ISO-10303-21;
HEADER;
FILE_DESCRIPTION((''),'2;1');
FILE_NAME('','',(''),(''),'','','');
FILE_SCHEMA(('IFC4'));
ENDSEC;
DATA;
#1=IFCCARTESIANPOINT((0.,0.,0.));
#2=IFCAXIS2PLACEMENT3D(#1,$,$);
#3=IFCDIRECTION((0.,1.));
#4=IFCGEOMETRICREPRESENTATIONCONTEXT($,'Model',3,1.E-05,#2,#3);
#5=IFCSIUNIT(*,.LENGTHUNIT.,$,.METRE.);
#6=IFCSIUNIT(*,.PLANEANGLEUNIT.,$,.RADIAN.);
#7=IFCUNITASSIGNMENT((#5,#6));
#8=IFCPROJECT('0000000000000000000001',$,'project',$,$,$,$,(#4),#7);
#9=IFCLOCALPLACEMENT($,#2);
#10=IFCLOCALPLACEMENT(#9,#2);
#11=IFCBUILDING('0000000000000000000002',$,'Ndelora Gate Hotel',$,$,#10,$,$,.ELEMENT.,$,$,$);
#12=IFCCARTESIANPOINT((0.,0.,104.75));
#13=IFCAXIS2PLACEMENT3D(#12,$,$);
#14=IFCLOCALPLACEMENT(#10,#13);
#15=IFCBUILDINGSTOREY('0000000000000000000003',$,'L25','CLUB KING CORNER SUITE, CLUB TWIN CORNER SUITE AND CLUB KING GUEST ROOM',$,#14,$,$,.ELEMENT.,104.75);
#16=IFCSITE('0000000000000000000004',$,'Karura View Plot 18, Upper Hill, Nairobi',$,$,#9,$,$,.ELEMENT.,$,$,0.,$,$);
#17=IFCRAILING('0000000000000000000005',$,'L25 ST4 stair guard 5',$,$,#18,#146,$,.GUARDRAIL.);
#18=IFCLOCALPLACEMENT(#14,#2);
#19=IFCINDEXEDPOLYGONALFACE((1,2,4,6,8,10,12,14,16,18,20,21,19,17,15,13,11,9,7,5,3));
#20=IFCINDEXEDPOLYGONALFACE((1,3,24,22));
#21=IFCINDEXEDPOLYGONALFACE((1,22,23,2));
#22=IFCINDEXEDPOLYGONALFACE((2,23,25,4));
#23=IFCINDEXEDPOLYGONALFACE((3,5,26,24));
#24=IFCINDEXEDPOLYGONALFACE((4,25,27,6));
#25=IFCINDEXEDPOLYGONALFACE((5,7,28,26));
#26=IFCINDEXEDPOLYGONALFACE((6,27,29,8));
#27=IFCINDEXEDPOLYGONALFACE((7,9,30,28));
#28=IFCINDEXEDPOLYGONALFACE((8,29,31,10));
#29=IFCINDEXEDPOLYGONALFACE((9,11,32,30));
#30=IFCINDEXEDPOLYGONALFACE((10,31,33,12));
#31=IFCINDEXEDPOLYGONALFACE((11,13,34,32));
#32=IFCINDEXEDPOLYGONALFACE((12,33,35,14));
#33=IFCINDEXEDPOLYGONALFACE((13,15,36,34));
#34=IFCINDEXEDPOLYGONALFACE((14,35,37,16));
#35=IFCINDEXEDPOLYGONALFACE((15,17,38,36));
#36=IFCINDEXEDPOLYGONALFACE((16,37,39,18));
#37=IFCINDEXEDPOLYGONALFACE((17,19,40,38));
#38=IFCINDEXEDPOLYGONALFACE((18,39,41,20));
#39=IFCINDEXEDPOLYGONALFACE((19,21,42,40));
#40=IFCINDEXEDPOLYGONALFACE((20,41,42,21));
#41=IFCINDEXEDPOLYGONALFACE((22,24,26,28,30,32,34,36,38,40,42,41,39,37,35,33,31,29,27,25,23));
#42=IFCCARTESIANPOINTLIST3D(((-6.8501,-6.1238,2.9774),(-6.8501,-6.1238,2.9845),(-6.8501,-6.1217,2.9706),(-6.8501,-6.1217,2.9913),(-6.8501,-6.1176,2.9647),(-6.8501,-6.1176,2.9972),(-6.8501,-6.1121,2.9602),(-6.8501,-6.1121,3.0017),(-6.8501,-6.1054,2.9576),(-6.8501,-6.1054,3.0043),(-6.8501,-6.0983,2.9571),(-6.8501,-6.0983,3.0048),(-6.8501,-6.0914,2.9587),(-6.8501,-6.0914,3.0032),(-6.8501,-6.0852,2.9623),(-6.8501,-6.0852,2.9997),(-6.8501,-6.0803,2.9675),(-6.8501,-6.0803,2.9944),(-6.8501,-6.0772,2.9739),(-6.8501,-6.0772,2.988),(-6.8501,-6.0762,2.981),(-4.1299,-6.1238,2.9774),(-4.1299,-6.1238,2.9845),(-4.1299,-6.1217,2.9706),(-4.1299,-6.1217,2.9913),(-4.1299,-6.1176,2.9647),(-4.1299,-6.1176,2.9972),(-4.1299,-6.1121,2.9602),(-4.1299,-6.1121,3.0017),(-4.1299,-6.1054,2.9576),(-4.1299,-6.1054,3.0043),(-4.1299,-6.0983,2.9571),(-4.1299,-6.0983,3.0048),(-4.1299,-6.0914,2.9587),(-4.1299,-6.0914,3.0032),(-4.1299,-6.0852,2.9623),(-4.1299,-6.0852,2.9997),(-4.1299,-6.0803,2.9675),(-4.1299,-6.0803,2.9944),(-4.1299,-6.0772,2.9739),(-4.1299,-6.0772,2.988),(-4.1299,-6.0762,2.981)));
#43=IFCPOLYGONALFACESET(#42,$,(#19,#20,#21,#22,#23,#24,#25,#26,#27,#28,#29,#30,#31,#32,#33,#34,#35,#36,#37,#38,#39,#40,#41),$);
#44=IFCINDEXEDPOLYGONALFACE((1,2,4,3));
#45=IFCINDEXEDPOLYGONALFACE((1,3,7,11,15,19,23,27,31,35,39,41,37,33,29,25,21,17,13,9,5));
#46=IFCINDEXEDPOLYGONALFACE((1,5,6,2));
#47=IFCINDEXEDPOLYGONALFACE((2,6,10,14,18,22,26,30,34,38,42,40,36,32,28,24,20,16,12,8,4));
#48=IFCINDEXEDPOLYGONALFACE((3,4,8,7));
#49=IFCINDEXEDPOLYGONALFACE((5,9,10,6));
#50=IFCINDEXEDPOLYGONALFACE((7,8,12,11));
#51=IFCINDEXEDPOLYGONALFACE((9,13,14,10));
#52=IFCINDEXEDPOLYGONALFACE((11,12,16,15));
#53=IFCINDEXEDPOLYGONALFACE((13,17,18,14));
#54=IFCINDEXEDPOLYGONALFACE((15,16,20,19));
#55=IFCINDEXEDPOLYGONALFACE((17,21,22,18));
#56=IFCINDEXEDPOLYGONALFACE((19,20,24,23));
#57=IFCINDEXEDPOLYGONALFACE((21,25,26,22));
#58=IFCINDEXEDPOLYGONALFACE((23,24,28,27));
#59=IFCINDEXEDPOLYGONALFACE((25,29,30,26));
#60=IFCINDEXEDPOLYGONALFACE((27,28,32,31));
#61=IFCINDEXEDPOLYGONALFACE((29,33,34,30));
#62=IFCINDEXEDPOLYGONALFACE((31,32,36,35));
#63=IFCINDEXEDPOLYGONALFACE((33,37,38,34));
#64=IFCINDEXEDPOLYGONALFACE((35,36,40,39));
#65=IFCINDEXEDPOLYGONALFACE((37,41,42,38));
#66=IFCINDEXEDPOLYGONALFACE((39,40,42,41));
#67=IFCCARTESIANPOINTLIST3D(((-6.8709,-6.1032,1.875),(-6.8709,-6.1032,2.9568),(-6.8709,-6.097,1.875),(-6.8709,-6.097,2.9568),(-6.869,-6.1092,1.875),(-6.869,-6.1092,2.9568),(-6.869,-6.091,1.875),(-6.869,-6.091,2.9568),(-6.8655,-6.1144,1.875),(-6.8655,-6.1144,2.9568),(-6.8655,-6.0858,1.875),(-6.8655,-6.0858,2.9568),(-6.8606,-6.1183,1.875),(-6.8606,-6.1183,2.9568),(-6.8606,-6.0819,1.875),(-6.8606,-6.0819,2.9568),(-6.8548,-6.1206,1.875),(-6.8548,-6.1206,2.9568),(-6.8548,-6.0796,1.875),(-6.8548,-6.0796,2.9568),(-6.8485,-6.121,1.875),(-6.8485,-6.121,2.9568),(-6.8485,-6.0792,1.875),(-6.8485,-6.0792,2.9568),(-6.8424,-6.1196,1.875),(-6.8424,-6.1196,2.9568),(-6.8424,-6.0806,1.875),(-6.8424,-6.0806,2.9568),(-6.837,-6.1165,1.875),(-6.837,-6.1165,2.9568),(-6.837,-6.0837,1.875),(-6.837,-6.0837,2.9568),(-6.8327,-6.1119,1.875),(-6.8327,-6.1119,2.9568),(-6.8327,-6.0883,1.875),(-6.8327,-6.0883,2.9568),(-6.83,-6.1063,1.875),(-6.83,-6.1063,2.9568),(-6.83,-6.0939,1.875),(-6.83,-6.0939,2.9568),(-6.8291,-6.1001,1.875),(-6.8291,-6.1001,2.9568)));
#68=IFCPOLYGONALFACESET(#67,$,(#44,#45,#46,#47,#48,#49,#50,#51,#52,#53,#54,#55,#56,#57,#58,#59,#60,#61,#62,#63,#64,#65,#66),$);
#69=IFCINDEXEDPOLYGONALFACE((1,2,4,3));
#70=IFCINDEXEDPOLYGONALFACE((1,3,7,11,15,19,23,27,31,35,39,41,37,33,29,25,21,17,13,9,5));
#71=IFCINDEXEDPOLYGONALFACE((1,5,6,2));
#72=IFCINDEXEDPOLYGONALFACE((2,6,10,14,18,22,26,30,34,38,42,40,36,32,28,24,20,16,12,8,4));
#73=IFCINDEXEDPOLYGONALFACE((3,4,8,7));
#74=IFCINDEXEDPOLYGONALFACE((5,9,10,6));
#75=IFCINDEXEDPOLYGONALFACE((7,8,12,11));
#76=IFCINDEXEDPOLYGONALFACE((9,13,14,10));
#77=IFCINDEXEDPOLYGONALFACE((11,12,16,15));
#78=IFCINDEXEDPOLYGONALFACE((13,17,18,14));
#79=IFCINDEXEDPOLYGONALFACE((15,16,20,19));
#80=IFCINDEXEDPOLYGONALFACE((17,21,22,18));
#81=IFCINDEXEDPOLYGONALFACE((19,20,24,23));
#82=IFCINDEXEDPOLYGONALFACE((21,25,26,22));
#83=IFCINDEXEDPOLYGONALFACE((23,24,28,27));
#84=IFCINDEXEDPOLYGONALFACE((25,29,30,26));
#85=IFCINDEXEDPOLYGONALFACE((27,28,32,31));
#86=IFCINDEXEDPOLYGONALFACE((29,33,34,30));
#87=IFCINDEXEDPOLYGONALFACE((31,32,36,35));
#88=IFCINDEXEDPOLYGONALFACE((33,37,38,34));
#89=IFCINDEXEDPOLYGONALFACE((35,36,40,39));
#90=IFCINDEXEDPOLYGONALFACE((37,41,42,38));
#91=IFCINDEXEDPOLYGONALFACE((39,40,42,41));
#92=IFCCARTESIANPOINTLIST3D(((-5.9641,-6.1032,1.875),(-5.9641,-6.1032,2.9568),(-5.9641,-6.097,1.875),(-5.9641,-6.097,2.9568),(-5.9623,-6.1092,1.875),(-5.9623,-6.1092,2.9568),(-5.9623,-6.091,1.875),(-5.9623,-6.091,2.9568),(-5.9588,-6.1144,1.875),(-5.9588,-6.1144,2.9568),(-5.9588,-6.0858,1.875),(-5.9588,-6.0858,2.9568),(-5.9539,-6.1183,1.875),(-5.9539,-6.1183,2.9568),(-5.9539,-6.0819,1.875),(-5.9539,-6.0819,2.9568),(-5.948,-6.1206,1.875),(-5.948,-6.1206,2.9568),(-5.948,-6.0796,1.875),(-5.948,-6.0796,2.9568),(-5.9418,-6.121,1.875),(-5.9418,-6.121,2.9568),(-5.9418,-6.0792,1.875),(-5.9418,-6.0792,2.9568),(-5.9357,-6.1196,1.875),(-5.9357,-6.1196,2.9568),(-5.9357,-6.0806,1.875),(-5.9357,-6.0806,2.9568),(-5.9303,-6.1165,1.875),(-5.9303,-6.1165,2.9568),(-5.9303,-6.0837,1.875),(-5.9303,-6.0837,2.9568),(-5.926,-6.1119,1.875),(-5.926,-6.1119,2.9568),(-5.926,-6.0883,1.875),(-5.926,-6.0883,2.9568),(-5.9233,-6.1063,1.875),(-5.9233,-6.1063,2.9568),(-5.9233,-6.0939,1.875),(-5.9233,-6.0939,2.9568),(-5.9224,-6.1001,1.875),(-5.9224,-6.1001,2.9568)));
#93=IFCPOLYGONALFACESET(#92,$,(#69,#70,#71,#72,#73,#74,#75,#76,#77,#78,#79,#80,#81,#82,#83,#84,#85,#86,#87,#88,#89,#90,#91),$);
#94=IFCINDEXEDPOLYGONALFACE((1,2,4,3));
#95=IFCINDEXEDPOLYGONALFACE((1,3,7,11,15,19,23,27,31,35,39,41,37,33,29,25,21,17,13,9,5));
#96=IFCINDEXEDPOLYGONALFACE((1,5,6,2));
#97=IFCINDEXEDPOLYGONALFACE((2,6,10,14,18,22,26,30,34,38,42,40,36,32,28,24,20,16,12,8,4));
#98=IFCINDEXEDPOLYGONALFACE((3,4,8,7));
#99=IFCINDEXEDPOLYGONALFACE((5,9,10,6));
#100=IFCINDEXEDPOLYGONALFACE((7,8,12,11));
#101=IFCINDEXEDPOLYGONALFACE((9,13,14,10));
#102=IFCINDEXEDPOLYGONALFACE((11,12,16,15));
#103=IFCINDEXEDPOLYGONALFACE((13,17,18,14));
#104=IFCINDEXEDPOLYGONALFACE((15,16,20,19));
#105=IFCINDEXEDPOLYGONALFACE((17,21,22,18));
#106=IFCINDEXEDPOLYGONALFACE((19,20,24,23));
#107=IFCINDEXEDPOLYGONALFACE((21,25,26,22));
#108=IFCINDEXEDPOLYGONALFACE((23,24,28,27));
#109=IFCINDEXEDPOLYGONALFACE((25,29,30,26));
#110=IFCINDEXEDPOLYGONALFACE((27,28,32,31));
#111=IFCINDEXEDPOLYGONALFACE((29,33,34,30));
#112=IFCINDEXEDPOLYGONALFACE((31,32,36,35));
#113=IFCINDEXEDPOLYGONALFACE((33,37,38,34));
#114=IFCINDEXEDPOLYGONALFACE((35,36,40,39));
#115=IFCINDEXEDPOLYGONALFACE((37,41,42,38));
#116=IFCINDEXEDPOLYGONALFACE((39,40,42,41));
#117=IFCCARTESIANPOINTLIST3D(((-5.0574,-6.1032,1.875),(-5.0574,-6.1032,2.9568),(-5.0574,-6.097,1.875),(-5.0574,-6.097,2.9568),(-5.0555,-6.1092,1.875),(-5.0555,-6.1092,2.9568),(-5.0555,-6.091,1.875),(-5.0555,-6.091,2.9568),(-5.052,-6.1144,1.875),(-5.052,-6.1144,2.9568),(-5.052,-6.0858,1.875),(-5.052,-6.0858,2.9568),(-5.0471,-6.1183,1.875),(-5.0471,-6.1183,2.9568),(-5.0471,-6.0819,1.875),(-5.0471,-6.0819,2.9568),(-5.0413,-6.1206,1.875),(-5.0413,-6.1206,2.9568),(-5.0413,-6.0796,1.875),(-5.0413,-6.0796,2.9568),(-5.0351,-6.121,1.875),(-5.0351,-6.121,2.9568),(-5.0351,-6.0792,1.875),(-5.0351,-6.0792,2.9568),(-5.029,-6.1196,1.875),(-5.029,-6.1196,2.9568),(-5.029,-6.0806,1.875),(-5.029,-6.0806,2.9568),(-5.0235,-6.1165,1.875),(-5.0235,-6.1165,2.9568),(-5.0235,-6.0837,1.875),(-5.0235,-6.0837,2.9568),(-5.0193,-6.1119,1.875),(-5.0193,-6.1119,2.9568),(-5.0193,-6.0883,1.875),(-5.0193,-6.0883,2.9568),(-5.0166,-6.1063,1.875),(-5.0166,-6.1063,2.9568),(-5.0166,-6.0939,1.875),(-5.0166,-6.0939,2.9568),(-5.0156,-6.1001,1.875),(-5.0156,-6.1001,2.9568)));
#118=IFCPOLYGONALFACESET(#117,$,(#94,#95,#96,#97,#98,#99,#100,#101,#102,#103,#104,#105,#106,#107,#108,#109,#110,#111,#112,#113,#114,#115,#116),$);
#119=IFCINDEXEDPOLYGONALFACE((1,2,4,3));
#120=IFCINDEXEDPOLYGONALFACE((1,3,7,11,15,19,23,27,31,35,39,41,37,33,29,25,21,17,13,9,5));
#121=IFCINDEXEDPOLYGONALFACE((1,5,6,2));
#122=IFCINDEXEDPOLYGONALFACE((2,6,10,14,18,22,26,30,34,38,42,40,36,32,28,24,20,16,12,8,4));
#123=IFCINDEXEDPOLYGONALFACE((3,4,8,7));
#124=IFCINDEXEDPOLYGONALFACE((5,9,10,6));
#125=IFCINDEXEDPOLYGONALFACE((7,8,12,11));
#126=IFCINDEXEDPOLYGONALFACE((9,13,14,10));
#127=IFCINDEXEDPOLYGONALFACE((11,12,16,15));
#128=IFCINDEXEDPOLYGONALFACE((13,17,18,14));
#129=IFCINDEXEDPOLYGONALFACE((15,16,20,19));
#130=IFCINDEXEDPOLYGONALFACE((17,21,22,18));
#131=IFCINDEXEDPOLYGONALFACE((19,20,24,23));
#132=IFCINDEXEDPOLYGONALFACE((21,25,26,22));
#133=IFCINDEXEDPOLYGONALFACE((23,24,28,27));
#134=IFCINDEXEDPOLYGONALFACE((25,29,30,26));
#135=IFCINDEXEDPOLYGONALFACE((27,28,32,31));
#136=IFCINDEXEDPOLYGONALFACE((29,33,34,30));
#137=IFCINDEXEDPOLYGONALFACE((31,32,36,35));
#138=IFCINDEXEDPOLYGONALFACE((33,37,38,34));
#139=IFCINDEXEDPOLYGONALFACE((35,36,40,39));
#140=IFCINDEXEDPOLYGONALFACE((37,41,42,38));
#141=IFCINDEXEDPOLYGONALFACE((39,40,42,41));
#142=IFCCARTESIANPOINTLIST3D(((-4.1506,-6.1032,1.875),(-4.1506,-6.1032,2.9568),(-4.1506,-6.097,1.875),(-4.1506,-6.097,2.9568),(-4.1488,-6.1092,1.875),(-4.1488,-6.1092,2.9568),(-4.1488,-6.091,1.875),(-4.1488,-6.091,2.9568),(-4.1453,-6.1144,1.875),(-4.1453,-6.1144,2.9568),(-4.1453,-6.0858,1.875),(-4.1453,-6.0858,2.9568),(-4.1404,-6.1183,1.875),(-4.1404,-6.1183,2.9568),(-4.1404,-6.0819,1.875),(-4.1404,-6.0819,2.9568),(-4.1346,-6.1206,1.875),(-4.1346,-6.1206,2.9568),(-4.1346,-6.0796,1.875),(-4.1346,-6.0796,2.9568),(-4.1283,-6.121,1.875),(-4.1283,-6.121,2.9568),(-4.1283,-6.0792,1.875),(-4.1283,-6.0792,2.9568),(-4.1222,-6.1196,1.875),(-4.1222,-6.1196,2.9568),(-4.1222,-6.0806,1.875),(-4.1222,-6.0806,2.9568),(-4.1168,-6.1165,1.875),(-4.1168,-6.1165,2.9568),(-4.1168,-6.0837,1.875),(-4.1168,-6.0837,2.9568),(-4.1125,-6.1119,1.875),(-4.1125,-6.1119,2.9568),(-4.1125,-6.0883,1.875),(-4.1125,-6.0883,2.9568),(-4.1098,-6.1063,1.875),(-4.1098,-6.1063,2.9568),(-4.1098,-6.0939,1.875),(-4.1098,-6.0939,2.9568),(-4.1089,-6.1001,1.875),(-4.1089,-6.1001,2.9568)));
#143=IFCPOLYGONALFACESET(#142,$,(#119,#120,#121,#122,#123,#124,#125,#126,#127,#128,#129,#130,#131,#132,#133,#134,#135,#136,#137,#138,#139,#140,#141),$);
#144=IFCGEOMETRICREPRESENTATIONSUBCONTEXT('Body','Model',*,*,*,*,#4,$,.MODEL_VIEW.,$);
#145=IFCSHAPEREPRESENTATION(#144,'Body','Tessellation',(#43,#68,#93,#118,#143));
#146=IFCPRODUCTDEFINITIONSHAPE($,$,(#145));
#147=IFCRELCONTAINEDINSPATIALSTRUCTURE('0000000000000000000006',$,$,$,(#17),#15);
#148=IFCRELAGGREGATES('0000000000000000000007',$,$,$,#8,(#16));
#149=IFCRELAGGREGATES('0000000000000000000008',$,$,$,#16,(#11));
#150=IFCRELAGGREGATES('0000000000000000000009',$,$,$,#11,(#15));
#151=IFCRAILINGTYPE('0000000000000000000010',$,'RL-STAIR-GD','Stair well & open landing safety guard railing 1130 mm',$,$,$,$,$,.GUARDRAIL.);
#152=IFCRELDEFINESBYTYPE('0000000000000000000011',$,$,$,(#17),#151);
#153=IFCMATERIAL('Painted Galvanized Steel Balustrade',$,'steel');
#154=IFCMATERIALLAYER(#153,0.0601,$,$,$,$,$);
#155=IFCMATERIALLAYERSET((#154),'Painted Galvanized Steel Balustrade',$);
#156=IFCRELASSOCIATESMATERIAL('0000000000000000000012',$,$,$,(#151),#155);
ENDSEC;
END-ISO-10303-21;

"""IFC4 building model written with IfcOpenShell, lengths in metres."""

from ifc_helpers import new_model, si_unit, direction, frame, origin, origin_2d, place, context, subcontext, project, spatial, circle, extrude, material, layer, layer_set, type_object, element, save


model = new_model("IFC4")

# Units and contexts
model_context = context("Model", 3, precision=1e-05, world=origin(), true_north=direction((0.0, 1.0)))
body_context = subcontext(model_context, "Body", "Model", "MODEL_VIEW")
ifc_project = project(units=[si_unit("LENGTHUNIT", "METRE"), si_unit("PLANEANGLEUNIT", "RADIAN")], contexts=[model_context])

# Site, building, storey
site_placement = place(None, origin())
site = spatial("IfcSite", under=ifc_project, at=site_placement, Name="Karura View Plot 18, Upper Hill, Nairobi", CompositionType="ELEMENT", RefElevation=0.0)
building_placement = place(site_placement, origin())
building = spatial("IfcBuilding", under=site, at=building_placement, Name="Ndelora Gate Hotel", CompositionType="ELEMENT")
storey_placement = place(building_placement, frame((0.0, 0.0, 104.75)))
storey = spatial("IfcBuildingStorey", under=building, at=storey_placement, Name="L25", Description="CLUB KING CORNER SUITE, CLUB TWIN CORNER SUITE AND CLUB KING GUEST ROOM", CompositionType="ELEMENT", Elevation=104.75)

# Railing
ifc_material_1 = material(Name="Painted Galvanized Steel Balustrade", Category="steel")
ifc_layer_1 = layer(ifc_material_1, 0.0601)
ifc_layer_set_1 = layer_set([ifc_layer_1], Name="Painted Galvanized Steel Balustrade")
railing_type_1 = type_object("IfcRailingType", Name="RL-STAIR-GD", Description="Stair well & open landing safety guard railing 1130 mm", PredefinedType="GUARDRAIL", material=ifc_layer_set_1)
railing_1_placement = place(storey_placement, frame((-6.8501, -6.1001, 1.875)))
element("IfcRailing", 1, at=railing_1_placement, inside=storey, type_object=railing_type_1, Name="L25 ST4 stair guard 5", PredefinedType="GUARDRAIL", context=body_context, shape_type="SweptSolid", body=[
    extrude(circle(Radius=0.0239, at=origin_2d()), frame((0.0, 0.0, 1.106), z_axis=(1.0, 0.0, 0.0), x_axis=(0.0, 1.0, 0.0)), (0.0, 0.0, 1.0), 2.7202),
    extrude(circle(Radius=0.021, at=origin_2d()), origin(), (0.0, 0.0, 1.0), 1.0818),
    extrude(circle(Radius=0.021, at=origin_2d()), frame((0.9067, 0.0, 0.0)), (0.0, 0.0, 1.0), 1.0818),
    extrude(circle(Radius=0.021, at=origin_2d()), frame((1.8135, 0.0, 0.0)), (0.0, 0.0, 1.0), 1.0818),
    extrude(circle(Radius=0.021, at=origin_2d()), frame((2.7202, 0.0, 0.0)), (0.0, 0.0, 1.0), 1.0818),
])

save(model, "model.ifc")
